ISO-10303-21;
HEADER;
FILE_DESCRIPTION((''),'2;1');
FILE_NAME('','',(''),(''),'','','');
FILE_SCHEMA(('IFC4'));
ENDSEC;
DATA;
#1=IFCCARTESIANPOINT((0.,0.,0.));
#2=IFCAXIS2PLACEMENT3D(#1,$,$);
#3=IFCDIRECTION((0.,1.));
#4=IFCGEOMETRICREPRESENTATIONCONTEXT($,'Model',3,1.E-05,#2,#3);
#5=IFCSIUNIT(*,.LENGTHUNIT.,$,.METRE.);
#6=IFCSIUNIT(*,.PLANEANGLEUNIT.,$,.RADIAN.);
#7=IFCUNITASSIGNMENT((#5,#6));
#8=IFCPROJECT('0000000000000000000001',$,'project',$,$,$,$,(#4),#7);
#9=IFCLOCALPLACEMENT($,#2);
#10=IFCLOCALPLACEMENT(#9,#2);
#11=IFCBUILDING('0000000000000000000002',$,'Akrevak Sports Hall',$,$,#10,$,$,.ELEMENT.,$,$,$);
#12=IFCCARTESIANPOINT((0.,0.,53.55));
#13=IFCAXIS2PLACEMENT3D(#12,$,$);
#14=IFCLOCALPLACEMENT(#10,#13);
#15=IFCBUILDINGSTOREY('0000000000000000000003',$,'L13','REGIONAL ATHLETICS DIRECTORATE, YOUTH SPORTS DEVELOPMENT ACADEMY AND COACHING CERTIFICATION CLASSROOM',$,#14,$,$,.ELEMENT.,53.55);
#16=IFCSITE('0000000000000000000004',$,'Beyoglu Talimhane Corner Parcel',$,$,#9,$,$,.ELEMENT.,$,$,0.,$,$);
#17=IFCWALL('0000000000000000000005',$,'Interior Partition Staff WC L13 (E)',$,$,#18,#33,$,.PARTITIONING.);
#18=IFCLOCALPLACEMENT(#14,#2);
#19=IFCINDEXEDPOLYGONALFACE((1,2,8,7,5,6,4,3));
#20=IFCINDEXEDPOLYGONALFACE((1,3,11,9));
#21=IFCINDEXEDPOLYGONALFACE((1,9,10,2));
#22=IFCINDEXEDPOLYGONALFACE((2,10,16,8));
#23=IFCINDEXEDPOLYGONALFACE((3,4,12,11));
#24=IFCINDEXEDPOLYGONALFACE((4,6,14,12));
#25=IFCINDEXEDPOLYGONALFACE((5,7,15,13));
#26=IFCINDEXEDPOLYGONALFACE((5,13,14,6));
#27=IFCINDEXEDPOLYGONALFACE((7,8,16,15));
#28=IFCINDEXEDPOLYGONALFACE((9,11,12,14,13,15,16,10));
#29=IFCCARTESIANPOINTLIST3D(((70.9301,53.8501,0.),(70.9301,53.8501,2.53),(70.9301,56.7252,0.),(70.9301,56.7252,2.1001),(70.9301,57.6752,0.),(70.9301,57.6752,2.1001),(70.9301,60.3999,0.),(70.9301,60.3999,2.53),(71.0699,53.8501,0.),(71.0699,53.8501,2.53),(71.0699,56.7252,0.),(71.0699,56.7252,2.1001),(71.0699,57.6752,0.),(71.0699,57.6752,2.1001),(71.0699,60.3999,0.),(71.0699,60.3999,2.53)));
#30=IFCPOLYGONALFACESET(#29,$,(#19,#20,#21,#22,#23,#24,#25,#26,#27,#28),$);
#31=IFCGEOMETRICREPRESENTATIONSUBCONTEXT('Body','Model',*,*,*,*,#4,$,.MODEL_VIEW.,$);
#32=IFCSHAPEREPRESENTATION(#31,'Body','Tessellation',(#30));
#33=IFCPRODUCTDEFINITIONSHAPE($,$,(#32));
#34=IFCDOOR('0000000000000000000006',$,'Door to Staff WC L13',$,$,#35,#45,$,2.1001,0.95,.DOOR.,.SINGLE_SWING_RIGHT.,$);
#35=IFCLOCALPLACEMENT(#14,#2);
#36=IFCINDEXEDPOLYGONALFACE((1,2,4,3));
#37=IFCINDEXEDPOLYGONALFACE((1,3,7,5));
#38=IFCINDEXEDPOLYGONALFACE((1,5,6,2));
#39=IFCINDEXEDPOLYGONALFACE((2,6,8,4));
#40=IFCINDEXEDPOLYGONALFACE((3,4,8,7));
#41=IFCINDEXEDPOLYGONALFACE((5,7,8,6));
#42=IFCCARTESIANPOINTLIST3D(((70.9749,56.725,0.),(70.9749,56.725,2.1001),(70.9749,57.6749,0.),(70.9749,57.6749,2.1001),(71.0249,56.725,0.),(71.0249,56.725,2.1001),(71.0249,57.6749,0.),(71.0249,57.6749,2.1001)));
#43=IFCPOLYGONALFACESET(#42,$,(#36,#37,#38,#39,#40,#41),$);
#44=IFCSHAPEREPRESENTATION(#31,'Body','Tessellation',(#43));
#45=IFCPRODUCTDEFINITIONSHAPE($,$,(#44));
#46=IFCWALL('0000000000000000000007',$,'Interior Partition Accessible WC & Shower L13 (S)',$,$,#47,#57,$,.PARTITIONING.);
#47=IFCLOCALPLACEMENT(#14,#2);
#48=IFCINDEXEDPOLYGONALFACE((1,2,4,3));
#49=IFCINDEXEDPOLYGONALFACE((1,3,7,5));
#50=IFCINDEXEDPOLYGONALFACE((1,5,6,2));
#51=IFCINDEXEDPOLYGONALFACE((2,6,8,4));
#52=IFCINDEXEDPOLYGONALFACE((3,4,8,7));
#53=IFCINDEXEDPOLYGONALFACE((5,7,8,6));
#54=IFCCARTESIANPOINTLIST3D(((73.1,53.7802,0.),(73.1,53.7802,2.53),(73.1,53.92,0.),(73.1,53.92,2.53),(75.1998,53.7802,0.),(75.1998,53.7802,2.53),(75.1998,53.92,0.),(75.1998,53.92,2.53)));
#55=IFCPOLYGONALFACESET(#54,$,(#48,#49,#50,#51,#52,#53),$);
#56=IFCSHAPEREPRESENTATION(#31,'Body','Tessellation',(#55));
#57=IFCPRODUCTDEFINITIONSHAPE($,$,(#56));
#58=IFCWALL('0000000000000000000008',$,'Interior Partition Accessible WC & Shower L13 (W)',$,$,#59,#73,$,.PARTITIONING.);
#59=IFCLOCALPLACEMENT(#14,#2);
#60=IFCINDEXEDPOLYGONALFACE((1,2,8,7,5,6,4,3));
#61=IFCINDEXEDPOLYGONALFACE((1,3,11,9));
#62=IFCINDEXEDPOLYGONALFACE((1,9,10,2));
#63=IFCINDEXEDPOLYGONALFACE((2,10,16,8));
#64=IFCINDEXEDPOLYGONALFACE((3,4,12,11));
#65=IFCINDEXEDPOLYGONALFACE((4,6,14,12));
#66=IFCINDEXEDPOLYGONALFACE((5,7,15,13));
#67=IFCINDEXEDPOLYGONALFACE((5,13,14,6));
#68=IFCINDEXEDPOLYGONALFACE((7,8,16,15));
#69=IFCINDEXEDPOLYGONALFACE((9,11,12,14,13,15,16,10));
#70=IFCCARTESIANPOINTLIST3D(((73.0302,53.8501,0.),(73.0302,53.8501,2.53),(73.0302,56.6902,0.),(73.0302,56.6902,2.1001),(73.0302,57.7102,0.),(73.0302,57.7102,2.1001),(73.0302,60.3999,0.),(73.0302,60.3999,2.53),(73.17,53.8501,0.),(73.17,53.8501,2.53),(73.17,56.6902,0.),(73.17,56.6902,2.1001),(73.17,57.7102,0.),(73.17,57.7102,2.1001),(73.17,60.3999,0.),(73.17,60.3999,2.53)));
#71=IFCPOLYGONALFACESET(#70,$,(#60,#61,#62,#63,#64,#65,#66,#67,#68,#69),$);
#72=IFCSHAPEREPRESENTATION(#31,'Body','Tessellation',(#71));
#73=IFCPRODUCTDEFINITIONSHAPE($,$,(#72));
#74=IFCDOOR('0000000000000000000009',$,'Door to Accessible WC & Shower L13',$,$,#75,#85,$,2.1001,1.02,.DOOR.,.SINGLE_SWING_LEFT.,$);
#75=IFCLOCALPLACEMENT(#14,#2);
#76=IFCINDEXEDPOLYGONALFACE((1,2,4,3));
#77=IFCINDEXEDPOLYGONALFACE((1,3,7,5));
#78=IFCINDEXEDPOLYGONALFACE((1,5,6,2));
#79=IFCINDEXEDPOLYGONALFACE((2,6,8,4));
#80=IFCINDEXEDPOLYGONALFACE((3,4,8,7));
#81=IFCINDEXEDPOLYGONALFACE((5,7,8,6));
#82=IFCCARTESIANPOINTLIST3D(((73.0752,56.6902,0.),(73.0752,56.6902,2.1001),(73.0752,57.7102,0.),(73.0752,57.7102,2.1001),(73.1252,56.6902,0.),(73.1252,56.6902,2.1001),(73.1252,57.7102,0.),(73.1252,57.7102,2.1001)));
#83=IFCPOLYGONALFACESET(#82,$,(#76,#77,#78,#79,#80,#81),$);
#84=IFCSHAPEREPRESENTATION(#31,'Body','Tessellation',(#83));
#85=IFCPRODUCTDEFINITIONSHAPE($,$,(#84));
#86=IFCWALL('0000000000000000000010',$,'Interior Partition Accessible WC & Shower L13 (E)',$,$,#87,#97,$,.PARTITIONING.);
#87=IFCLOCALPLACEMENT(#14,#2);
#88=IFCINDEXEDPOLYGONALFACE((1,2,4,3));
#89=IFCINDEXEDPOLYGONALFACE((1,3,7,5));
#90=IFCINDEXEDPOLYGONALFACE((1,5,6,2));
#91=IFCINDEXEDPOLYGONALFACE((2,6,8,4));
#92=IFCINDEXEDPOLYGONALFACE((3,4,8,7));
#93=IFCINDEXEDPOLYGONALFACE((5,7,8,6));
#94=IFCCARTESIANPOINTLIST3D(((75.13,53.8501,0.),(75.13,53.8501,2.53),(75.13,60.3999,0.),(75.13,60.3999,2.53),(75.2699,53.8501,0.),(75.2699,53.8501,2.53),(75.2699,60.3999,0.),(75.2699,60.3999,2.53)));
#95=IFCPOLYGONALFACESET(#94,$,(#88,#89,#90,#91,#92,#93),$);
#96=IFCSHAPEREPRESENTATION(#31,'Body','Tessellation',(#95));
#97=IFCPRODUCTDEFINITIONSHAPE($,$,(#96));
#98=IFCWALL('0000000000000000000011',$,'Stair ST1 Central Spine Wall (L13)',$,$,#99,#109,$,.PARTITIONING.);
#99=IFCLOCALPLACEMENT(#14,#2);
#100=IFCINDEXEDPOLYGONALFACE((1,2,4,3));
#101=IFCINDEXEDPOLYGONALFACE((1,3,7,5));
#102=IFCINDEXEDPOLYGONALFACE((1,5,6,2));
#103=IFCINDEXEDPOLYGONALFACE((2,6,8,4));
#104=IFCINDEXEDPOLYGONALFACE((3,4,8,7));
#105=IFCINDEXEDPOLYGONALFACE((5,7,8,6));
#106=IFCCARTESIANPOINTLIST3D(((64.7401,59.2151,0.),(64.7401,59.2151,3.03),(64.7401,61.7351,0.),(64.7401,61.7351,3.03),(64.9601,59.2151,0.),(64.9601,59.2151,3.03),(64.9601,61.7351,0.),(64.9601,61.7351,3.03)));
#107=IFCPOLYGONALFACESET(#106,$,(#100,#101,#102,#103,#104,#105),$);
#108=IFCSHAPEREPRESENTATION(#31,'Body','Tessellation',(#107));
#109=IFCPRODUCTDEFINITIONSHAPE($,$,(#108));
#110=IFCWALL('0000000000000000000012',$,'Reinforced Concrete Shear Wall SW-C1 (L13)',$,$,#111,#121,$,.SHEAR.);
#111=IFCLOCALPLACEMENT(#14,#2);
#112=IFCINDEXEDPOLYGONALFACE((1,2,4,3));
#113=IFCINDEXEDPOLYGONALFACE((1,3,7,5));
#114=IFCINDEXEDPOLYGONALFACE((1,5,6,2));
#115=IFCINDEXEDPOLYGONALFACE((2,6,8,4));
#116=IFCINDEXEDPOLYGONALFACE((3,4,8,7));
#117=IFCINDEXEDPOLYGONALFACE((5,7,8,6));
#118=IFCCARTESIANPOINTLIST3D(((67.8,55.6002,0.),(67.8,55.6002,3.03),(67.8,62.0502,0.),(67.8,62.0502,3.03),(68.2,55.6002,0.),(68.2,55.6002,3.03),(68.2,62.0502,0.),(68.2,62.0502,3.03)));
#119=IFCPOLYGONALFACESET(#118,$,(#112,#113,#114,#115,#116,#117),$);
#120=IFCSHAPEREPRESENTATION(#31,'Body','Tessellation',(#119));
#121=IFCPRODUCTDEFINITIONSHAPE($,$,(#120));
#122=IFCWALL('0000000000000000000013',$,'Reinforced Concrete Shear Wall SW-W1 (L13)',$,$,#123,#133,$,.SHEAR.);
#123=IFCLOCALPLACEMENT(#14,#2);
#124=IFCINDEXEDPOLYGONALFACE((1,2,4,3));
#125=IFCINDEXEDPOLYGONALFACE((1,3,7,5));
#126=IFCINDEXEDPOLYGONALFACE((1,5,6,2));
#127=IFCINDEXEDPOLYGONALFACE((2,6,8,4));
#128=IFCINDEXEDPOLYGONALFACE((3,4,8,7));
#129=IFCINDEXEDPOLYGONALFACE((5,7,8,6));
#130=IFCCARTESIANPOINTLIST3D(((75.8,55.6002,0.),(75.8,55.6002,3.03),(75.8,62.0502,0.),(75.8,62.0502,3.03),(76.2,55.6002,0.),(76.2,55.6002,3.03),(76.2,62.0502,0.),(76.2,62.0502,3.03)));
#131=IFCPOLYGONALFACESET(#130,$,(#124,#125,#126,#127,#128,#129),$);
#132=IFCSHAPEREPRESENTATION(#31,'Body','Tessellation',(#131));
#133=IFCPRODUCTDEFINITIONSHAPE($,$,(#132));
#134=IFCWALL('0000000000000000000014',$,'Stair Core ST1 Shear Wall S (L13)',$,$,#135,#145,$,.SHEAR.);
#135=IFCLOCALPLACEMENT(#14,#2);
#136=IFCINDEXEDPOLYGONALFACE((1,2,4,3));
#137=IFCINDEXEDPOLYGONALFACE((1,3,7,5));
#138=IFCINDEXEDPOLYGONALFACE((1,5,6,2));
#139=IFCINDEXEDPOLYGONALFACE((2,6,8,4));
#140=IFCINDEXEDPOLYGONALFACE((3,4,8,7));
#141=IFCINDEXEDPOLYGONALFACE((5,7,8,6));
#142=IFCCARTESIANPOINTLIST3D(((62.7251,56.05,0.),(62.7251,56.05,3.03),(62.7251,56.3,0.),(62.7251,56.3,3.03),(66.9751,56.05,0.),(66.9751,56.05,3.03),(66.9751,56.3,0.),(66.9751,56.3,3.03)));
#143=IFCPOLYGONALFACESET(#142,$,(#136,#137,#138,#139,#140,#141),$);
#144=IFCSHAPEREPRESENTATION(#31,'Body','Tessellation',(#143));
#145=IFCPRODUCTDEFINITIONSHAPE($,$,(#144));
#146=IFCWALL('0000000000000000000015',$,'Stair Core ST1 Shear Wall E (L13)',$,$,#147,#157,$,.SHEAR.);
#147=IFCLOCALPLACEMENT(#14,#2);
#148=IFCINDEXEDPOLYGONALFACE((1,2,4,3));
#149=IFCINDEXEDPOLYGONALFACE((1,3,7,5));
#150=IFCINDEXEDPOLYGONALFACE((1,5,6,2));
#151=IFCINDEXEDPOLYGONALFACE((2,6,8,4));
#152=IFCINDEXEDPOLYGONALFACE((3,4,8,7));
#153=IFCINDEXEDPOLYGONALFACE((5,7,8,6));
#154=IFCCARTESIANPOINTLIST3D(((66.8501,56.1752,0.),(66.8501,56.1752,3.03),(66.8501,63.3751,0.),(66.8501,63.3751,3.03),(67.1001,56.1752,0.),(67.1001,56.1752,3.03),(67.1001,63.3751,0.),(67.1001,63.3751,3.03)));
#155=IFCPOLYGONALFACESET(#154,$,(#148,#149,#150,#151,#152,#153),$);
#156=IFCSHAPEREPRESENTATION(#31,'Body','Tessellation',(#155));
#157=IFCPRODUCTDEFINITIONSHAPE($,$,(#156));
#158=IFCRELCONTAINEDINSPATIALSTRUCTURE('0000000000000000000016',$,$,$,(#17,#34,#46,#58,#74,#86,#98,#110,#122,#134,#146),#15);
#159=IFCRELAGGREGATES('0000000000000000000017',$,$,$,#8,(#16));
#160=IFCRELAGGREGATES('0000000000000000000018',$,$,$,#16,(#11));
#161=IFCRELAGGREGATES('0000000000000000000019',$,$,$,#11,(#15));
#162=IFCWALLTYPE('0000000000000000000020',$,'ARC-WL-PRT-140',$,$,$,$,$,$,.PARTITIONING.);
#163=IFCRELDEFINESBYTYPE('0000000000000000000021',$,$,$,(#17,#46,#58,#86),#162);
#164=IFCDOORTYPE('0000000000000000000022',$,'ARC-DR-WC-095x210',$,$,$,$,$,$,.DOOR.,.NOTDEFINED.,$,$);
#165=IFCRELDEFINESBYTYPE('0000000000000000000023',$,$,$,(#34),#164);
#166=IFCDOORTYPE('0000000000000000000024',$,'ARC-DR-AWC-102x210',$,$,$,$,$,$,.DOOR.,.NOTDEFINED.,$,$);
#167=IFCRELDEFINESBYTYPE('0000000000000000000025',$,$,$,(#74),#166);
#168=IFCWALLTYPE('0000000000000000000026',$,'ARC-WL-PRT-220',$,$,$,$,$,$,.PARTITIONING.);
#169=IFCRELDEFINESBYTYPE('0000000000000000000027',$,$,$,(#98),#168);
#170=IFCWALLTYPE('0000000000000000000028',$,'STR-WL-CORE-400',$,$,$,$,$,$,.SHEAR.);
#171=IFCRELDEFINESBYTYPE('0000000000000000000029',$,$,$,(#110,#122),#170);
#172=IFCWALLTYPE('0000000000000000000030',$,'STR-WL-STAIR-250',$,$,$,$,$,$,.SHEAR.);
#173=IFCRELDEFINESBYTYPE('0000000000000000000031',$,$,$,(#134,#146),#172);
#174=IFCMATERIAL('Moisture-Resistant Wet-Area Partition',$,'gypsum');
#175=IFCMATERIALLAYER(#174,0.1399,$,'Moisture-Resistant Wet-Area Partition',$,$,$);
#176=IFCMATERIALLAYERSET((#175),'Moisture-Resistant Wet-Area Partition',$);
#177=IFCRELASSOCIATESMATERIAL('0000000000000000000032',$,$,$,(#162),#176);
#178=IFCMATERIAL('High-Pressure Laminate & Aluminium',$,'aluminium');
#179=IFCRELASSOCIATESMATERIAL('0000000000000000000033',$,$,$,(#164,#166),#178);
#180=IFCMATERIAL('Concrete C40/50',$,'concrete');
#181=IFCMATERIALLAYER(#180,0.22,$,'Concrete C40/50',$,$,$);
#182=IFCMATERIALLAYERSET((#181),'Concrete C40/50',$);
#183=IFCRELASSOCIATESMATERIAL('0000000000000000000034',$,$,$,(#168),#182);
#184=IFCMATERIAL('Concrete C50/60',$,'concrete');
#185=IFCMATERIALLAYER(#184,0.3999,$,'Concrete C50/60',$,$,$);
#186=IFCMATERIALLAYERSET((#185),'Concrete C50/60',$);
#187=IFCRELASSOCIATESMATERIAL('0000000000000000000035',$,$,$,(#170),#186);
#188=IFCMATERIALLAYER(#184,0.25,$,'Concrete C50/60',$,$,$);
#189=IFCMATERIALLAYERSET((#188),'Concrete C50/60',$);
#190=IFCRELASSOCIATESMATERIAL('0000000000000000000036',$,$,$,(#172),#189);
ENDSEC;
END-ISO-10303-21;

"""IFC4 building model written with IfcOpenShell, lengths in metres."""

from ifc_helpers import new_model, si_unit, direction, frame, frame_2d, origin, place, context, subcontext, project, spatial, rectangle, extrude, material, layer, layer_set, type_object, element, fill, save


model = new_model("IFC4")

# Units and contexts
model_context = context("Model", 3, precision=1e-05, world=origin(), true_north=direction((0.0, 1.0)))
body_context = subcontext(model_context, "Body", "Model", "MODEL_VIEW")
ifc_project = project(units=[si_unit("LENGTHUNIT", "METRE"), si_unit("PLANEANGLEUNIT", "RADIAN")], contexts=[model_context])

# Site, building, storey
site_placement = place(None, origin())
site = spatial("IfcSite", under=ifc_project, at=site_placement, Name="Beyoglu Talimhane Corner Parcel", CompositionType="ELEMENT", RefElevation=0.0)
building_placement = place(site_placement, origin())
building = spatial("IfcBuilding", under=site, at=building_placement, Name="Akrevak Sports Hall", CompositionType="ELEMENT")
storey_placement = place(building_placement, frame((0.0, 0.0, 53.55)))
storey = spatial("IfcBuildingStorey", under=building, at=storey_placement, Name="L13", Description="REGIONAL ATHLETICS DIRECTORATE, YOUTH SPORTS DEVELOPMENT ACADEMY AND COACHING CERTIFICATION CLASSROOM", CompositionType="ELEMENT", Elevation=53.55)

# Shared definitions
ifc_material_1 = material(Name="Concrete C40/50", Category="concrete")

# Shared definitions
ifc_material_2 = material(Name="Moisture-Resistant Wet-Area Partition", Category="gypsum")
ifc_layer_1 = layer(ifc_material_2, 0.1399, Name="Moisture-Resistant Wet-Area Partition")
ifc_layer_set_1 = layer_set([ifc_layer_1], Name="Moisture-Resistant Wet-Area Partition")
wall_type_1 = type_object("IfcWallType", Name="ARC-WL-PRT-140", PredefinedType="PARTITIONING", material=ifc_layer_set_1)

# Wall, opening, door
wall_1_placement = place(storey_placement, frame((71.0, 53.8501, 0.0), z_axis=(0.0, 0.0, 1.0), x_axis=(0.0, 1.0, 0.0)))
wall_1 = element("IfcWall", 1, at=wall_1_placement, inside=storey, type_object=wall_type_1, Name="Interior Partition Staff WC L13 (E)", PredefinedType="PARTITIONING", context=body_context, shape_type="SweptSolid", body=[
    extrude(rectangle(XDim=6.5498, YDim=0.1399, at=frame_2d((3.2749, 0.0))), origin(), (0.0, 0.0, 1.0), 2.53),
])
opening_1_placement = place(wall_1_placement, frame((2.875, 0.0, 0.0)))
opening_1 = element("IfcOpeningElement", 2, at=opening_1_placement, cuts=wall_1, PredefinedType="OPENING", context=body_context, shape_type="SweptSolid", body=[
    extrude(rectangle(XDim=0.95, YDim=2.1001, at=frame_2d((0.4751, 1.05))), frame((0.0, 0.082, 0.0), z_axis=(0.0, -1.0, 0.0), x_axis=(1.0, 0.0, 0.0)), (0.0, 0.0, 1.0), 0.1638),
])
ifc_material_3 = material(Name="High-Pressure Laminate & Aluminium", Category="aluminium")
door_type_1 = type_object("IfcDoorType", Name="ARC-DR-WC-095x210", OperationType="NOTDEFINED", PredefinedType="DOOR", material=ifc_material_3)
door_1_placement = place(opening_1_placement, frame((0.95, 0.0, 0.0), z_axis=(0.0, 0.0, 1.0), x_axis=(-1.0, 0.0, 0.0)))
door_1 = element("IfcDoor", 3, at=door_1_placement, inside=storey, type_object=door_type_1, Name="Door to Staff WC L13", OperationType="SINGLE_SWING_RIGHT", OverallHeight=2.1001, OverallWidth=0.95, PredefinedType="DOOR", context=body_context, shape_type="SweptSolid", body=[
    extrude(rectangle(XDim=0.95, YDim=2.1001, at=frame_2d((0.4751, 1.05))), frame((0.0, 0.0249, 0.0), z_axis=(0.0, -1.0, 0.0), x_axis=(1.0, 0.0, 0.0)), (0.0, 0.0, 1.0), 0.05),
])
fill(opening_1, door_1)

# Wall
wall_2_placement = place(storey_placement, frame((73.1001, 53.8501, 0.0), z_axis=(0.0, 0.0, 1.0), x_axis=(1.0, 0.0, 0.0)))
element("IfcWall", 4, at=wall_2_placement, inside=storey, type_object=wall_type_1, Name="Interior Partition Accessible WC & Shower L13 (S)", PredefinedType="PARTITIONING", context=body_context, shape_type="SweptSolid", body=[
    extrude(rectangle(XDim=2.0999, YDim=0.1399, at=frame_2d((1.0498, 0.0))), origin(), (0.0, 0.0, 1.0), 2.53),
])

# Wall, opening, door
wall_3_placement = place(storey_placement, frame((73.1001, 53.8501, 0.0), z_axis=(0.0, 0.0, 1.0), x_axis=(0.0, 1.0, 0.0)))
wall_3 = element("IfcWall", 5, at=wall_3_placement, inside=storey, type_object=wall_type_1, Name="Interior Partition Accessible WC & Shower L13 (W)", PredefinedType="PARTITIONING", context=body_context, shape_type="SweptSolid", body=[
    extrude(rectangle(XDim=6.5498, YDim=0.1399, at=frame_2d((3.2749, 0.0))), origin(), (0.0, 0.0, 1.0), 2.53),
])
opening_2_placement = place(wall_3_placement, frame((2.8401, 0.0, 0.0)))
opening_2 = element("IfcOpeningElement", 6, at=opening_2_placement, cuts=wall_3, PredefinedType="OPENING", context=body_context, shape_type="SweptSolid", body=[
    extrude(rectangle(XDim=1.02, YDim=2.1001, at=frame_2d((0.51, 1.05))), frame((0.0, 0.082, 0.0), z_axis=(0.0, -1.0, 0.0), x_axis=(1.0, 0.0, 0.0)), (0.0, 0.0, 1.0), 0.1638),
])
door_type_2 = type_object("IfcDoorType", Name="ARC-DR-AWC-102x210", OperationType="NOTDEFINED", PredefinedType="DOOR", material=ifc_material_3)
door_2_placement = place(opening_2_placement, origin())
door_2 = element("IfcDoor", 7, at=door_2_placement, inside=storey, type_object=door_type_2, Name="Door to Accessible WC & Shower L13", OperationType="SINGLE_SWING_LEFT", OverallHeight=2.1001, OverallWidth=1.02, PredefinedType="DOOR", context=body_context, shape_type="SweptSolid", body=[
    extrude(rectangle(XDim=1.02, YDim=2.1001, at=frame_2d((0.51, 1.05))), frame((0.0, 0.0249, 0.0), z_axis=(0.0, -1.0, 0.0), x_axis=(1.0, 0.0, 0.0)), (0.0, 0.0, 1.0), 0.05),
])
fill(opening_2, door_2)

# Walls
wall_4_placement = place(storey_placement, frame((75.2, 53.8501, 0.0), z_axis=(0.0, 0.0, 1.0), x_axis=(0.0, 1.0, 0.0)))
element("IfcWall", 8, at=wall_4_placement, inside=storey, type_object=wall_type_1, Name="Interior Partition Accessible WC & Shower L13 (E)", PredefinedType="PARTITIONING", context=body_context, shape_type="SweptSolid", body=[
    extrude(rectangle(XDim=6.5498, YDim=0.1399, at=frame_2d((3.2749, 0.0))), origin(), (0.0, 0.0, 1.0), 2.53),
])
ifc_layer_2 = layer(ifc_material_1, 0.22, Name="Concrete C40/50")
ifc_layer_set_2 = layer_set([ifc_layer_2], Name="Concrete C40/50")
wall_type_2 = type_object("IfcWallType", Name="ARC-WL-PRT-220", PredefinedType="PARTITIONING", material=ifc_layer_set_2)
wall_5_placement = place(storey_placement, frame((64.8501, 59.2151, 0.0), z_axis=(0.0, 0.0, 1.0), x_axis=(0.0, 1.0, 0.0)))
element("IfcWall", 9, at=wall_5_placement, inside=storey, type_object=wall_type_2, Name="Stair ST1 Central Spine Wall (L13)", PredefinedType="PARTITIONING", context=body_context, shape_type="SweptSolid", body=[
    extrude(rectangle(XDim=2.52, YDim=0.22, at=frame_2d((1.26, 0.0))), origin(), (0.0, 0.0, 1.0), 3.03),
])
ifc_material_4 = material(Name="Concrete C50/60", Category="concrete")
ifc_layer_3 = layer(ifc_material_4, 0.3999, Name="Concrete C50/60")
ifc_layer_set_3 = layer_set([ifc_layer_3], Name="Concrete C50/60")
wall_type_3 = type_object("IfcWallType", Name="STR-WL-CORE-400", PredefinedType="SHEAR", material=ifc_layer_set_3)
for number, where, z_axis, x_axis, name in (
    (10, (68.0, 55.6001, 0.0), (0.0, 0.0, 1.0), (0.0, 1.0, 0.0), "Reinforced Concrete Shear Wall SW-C1 (L13)"),
    (11, (76.0, 55.6001, 0.0), (0.0, 0.0, 1.0), (0.0, 1.0, 0.0), "Reinforced Concrete Shear Wall SW-W1 (L13)"),
):
    element("IfcWall", number, at=place(storey_placement, frame(where, z_axis=z_axis, x_axis=x_axis)), inside=storey, type_object=wall_type_3, Name=name, PredefinedType="SHEAR", context=body_context, shape_type="SweptSolid", body=[
        extrude(rectangle(XDim=6.45, YDim=0.3999, at=frame_2d((3.2251, 0.0))), origin(), (0.0, 0.0, 1.0), 3.03),
    ])
ifc_layer_4 = layer(ifc_material_4, 0.25, Name="Concrete C50/60")
ifc_layer_set_4 = layer_set([ifc_layer_4], Name="Concrete C50/60")
wall_type_4 = type_object("IfcWallType", Name="STR-WL-STAIR-250", PredefinedType="SHEAR", material=ifc_layer_set_4)
wall_6_placement = place(storey_placement, frame((62.7251, 56.175, 0.0), z_axis=(0.0, 0.0, 1.0), x_axis=(1.0, 0.0, 0.0)))
element("IfcWall", 12, at=wall_6_placement, inside=storey, type_object=wall_type_4, Name="Stair Core ST1 Shear Wall S (L13)", PredefinedType="SHEAR", context=body_context, shape_type="SweptSolid", body=[
    extrude(rectangle(XDim=4.25, YDim=0.25, at=frame_2d((2.125, 0.0))), origin(), (0.0, 0.0, 1.0), 3.03),
])
wall_7_placement = place(storey_placement, frame((66.9751, 56.175, 0.0), z_axis=(0.0, 0.0, 1.0), x_axis=(0.0, 1.0, 0.0)))
element("IfcWall", 13, at=wall_7_placement, inside=storey, type_object=wall_type_4, Name="Stair Core ST1 Shear Wall E (L13)", PredefinedType="SHEAR", context=body_context, shape_type="SweptSolid", body=[
    extrude(rectangle(XDim=7.2, YDim=0.25, at=frame_2d((3.6001, 0.0))), origin(), (0.0, 0.0, 1.0), 3.03),
])

save(model, "model.ifc")
